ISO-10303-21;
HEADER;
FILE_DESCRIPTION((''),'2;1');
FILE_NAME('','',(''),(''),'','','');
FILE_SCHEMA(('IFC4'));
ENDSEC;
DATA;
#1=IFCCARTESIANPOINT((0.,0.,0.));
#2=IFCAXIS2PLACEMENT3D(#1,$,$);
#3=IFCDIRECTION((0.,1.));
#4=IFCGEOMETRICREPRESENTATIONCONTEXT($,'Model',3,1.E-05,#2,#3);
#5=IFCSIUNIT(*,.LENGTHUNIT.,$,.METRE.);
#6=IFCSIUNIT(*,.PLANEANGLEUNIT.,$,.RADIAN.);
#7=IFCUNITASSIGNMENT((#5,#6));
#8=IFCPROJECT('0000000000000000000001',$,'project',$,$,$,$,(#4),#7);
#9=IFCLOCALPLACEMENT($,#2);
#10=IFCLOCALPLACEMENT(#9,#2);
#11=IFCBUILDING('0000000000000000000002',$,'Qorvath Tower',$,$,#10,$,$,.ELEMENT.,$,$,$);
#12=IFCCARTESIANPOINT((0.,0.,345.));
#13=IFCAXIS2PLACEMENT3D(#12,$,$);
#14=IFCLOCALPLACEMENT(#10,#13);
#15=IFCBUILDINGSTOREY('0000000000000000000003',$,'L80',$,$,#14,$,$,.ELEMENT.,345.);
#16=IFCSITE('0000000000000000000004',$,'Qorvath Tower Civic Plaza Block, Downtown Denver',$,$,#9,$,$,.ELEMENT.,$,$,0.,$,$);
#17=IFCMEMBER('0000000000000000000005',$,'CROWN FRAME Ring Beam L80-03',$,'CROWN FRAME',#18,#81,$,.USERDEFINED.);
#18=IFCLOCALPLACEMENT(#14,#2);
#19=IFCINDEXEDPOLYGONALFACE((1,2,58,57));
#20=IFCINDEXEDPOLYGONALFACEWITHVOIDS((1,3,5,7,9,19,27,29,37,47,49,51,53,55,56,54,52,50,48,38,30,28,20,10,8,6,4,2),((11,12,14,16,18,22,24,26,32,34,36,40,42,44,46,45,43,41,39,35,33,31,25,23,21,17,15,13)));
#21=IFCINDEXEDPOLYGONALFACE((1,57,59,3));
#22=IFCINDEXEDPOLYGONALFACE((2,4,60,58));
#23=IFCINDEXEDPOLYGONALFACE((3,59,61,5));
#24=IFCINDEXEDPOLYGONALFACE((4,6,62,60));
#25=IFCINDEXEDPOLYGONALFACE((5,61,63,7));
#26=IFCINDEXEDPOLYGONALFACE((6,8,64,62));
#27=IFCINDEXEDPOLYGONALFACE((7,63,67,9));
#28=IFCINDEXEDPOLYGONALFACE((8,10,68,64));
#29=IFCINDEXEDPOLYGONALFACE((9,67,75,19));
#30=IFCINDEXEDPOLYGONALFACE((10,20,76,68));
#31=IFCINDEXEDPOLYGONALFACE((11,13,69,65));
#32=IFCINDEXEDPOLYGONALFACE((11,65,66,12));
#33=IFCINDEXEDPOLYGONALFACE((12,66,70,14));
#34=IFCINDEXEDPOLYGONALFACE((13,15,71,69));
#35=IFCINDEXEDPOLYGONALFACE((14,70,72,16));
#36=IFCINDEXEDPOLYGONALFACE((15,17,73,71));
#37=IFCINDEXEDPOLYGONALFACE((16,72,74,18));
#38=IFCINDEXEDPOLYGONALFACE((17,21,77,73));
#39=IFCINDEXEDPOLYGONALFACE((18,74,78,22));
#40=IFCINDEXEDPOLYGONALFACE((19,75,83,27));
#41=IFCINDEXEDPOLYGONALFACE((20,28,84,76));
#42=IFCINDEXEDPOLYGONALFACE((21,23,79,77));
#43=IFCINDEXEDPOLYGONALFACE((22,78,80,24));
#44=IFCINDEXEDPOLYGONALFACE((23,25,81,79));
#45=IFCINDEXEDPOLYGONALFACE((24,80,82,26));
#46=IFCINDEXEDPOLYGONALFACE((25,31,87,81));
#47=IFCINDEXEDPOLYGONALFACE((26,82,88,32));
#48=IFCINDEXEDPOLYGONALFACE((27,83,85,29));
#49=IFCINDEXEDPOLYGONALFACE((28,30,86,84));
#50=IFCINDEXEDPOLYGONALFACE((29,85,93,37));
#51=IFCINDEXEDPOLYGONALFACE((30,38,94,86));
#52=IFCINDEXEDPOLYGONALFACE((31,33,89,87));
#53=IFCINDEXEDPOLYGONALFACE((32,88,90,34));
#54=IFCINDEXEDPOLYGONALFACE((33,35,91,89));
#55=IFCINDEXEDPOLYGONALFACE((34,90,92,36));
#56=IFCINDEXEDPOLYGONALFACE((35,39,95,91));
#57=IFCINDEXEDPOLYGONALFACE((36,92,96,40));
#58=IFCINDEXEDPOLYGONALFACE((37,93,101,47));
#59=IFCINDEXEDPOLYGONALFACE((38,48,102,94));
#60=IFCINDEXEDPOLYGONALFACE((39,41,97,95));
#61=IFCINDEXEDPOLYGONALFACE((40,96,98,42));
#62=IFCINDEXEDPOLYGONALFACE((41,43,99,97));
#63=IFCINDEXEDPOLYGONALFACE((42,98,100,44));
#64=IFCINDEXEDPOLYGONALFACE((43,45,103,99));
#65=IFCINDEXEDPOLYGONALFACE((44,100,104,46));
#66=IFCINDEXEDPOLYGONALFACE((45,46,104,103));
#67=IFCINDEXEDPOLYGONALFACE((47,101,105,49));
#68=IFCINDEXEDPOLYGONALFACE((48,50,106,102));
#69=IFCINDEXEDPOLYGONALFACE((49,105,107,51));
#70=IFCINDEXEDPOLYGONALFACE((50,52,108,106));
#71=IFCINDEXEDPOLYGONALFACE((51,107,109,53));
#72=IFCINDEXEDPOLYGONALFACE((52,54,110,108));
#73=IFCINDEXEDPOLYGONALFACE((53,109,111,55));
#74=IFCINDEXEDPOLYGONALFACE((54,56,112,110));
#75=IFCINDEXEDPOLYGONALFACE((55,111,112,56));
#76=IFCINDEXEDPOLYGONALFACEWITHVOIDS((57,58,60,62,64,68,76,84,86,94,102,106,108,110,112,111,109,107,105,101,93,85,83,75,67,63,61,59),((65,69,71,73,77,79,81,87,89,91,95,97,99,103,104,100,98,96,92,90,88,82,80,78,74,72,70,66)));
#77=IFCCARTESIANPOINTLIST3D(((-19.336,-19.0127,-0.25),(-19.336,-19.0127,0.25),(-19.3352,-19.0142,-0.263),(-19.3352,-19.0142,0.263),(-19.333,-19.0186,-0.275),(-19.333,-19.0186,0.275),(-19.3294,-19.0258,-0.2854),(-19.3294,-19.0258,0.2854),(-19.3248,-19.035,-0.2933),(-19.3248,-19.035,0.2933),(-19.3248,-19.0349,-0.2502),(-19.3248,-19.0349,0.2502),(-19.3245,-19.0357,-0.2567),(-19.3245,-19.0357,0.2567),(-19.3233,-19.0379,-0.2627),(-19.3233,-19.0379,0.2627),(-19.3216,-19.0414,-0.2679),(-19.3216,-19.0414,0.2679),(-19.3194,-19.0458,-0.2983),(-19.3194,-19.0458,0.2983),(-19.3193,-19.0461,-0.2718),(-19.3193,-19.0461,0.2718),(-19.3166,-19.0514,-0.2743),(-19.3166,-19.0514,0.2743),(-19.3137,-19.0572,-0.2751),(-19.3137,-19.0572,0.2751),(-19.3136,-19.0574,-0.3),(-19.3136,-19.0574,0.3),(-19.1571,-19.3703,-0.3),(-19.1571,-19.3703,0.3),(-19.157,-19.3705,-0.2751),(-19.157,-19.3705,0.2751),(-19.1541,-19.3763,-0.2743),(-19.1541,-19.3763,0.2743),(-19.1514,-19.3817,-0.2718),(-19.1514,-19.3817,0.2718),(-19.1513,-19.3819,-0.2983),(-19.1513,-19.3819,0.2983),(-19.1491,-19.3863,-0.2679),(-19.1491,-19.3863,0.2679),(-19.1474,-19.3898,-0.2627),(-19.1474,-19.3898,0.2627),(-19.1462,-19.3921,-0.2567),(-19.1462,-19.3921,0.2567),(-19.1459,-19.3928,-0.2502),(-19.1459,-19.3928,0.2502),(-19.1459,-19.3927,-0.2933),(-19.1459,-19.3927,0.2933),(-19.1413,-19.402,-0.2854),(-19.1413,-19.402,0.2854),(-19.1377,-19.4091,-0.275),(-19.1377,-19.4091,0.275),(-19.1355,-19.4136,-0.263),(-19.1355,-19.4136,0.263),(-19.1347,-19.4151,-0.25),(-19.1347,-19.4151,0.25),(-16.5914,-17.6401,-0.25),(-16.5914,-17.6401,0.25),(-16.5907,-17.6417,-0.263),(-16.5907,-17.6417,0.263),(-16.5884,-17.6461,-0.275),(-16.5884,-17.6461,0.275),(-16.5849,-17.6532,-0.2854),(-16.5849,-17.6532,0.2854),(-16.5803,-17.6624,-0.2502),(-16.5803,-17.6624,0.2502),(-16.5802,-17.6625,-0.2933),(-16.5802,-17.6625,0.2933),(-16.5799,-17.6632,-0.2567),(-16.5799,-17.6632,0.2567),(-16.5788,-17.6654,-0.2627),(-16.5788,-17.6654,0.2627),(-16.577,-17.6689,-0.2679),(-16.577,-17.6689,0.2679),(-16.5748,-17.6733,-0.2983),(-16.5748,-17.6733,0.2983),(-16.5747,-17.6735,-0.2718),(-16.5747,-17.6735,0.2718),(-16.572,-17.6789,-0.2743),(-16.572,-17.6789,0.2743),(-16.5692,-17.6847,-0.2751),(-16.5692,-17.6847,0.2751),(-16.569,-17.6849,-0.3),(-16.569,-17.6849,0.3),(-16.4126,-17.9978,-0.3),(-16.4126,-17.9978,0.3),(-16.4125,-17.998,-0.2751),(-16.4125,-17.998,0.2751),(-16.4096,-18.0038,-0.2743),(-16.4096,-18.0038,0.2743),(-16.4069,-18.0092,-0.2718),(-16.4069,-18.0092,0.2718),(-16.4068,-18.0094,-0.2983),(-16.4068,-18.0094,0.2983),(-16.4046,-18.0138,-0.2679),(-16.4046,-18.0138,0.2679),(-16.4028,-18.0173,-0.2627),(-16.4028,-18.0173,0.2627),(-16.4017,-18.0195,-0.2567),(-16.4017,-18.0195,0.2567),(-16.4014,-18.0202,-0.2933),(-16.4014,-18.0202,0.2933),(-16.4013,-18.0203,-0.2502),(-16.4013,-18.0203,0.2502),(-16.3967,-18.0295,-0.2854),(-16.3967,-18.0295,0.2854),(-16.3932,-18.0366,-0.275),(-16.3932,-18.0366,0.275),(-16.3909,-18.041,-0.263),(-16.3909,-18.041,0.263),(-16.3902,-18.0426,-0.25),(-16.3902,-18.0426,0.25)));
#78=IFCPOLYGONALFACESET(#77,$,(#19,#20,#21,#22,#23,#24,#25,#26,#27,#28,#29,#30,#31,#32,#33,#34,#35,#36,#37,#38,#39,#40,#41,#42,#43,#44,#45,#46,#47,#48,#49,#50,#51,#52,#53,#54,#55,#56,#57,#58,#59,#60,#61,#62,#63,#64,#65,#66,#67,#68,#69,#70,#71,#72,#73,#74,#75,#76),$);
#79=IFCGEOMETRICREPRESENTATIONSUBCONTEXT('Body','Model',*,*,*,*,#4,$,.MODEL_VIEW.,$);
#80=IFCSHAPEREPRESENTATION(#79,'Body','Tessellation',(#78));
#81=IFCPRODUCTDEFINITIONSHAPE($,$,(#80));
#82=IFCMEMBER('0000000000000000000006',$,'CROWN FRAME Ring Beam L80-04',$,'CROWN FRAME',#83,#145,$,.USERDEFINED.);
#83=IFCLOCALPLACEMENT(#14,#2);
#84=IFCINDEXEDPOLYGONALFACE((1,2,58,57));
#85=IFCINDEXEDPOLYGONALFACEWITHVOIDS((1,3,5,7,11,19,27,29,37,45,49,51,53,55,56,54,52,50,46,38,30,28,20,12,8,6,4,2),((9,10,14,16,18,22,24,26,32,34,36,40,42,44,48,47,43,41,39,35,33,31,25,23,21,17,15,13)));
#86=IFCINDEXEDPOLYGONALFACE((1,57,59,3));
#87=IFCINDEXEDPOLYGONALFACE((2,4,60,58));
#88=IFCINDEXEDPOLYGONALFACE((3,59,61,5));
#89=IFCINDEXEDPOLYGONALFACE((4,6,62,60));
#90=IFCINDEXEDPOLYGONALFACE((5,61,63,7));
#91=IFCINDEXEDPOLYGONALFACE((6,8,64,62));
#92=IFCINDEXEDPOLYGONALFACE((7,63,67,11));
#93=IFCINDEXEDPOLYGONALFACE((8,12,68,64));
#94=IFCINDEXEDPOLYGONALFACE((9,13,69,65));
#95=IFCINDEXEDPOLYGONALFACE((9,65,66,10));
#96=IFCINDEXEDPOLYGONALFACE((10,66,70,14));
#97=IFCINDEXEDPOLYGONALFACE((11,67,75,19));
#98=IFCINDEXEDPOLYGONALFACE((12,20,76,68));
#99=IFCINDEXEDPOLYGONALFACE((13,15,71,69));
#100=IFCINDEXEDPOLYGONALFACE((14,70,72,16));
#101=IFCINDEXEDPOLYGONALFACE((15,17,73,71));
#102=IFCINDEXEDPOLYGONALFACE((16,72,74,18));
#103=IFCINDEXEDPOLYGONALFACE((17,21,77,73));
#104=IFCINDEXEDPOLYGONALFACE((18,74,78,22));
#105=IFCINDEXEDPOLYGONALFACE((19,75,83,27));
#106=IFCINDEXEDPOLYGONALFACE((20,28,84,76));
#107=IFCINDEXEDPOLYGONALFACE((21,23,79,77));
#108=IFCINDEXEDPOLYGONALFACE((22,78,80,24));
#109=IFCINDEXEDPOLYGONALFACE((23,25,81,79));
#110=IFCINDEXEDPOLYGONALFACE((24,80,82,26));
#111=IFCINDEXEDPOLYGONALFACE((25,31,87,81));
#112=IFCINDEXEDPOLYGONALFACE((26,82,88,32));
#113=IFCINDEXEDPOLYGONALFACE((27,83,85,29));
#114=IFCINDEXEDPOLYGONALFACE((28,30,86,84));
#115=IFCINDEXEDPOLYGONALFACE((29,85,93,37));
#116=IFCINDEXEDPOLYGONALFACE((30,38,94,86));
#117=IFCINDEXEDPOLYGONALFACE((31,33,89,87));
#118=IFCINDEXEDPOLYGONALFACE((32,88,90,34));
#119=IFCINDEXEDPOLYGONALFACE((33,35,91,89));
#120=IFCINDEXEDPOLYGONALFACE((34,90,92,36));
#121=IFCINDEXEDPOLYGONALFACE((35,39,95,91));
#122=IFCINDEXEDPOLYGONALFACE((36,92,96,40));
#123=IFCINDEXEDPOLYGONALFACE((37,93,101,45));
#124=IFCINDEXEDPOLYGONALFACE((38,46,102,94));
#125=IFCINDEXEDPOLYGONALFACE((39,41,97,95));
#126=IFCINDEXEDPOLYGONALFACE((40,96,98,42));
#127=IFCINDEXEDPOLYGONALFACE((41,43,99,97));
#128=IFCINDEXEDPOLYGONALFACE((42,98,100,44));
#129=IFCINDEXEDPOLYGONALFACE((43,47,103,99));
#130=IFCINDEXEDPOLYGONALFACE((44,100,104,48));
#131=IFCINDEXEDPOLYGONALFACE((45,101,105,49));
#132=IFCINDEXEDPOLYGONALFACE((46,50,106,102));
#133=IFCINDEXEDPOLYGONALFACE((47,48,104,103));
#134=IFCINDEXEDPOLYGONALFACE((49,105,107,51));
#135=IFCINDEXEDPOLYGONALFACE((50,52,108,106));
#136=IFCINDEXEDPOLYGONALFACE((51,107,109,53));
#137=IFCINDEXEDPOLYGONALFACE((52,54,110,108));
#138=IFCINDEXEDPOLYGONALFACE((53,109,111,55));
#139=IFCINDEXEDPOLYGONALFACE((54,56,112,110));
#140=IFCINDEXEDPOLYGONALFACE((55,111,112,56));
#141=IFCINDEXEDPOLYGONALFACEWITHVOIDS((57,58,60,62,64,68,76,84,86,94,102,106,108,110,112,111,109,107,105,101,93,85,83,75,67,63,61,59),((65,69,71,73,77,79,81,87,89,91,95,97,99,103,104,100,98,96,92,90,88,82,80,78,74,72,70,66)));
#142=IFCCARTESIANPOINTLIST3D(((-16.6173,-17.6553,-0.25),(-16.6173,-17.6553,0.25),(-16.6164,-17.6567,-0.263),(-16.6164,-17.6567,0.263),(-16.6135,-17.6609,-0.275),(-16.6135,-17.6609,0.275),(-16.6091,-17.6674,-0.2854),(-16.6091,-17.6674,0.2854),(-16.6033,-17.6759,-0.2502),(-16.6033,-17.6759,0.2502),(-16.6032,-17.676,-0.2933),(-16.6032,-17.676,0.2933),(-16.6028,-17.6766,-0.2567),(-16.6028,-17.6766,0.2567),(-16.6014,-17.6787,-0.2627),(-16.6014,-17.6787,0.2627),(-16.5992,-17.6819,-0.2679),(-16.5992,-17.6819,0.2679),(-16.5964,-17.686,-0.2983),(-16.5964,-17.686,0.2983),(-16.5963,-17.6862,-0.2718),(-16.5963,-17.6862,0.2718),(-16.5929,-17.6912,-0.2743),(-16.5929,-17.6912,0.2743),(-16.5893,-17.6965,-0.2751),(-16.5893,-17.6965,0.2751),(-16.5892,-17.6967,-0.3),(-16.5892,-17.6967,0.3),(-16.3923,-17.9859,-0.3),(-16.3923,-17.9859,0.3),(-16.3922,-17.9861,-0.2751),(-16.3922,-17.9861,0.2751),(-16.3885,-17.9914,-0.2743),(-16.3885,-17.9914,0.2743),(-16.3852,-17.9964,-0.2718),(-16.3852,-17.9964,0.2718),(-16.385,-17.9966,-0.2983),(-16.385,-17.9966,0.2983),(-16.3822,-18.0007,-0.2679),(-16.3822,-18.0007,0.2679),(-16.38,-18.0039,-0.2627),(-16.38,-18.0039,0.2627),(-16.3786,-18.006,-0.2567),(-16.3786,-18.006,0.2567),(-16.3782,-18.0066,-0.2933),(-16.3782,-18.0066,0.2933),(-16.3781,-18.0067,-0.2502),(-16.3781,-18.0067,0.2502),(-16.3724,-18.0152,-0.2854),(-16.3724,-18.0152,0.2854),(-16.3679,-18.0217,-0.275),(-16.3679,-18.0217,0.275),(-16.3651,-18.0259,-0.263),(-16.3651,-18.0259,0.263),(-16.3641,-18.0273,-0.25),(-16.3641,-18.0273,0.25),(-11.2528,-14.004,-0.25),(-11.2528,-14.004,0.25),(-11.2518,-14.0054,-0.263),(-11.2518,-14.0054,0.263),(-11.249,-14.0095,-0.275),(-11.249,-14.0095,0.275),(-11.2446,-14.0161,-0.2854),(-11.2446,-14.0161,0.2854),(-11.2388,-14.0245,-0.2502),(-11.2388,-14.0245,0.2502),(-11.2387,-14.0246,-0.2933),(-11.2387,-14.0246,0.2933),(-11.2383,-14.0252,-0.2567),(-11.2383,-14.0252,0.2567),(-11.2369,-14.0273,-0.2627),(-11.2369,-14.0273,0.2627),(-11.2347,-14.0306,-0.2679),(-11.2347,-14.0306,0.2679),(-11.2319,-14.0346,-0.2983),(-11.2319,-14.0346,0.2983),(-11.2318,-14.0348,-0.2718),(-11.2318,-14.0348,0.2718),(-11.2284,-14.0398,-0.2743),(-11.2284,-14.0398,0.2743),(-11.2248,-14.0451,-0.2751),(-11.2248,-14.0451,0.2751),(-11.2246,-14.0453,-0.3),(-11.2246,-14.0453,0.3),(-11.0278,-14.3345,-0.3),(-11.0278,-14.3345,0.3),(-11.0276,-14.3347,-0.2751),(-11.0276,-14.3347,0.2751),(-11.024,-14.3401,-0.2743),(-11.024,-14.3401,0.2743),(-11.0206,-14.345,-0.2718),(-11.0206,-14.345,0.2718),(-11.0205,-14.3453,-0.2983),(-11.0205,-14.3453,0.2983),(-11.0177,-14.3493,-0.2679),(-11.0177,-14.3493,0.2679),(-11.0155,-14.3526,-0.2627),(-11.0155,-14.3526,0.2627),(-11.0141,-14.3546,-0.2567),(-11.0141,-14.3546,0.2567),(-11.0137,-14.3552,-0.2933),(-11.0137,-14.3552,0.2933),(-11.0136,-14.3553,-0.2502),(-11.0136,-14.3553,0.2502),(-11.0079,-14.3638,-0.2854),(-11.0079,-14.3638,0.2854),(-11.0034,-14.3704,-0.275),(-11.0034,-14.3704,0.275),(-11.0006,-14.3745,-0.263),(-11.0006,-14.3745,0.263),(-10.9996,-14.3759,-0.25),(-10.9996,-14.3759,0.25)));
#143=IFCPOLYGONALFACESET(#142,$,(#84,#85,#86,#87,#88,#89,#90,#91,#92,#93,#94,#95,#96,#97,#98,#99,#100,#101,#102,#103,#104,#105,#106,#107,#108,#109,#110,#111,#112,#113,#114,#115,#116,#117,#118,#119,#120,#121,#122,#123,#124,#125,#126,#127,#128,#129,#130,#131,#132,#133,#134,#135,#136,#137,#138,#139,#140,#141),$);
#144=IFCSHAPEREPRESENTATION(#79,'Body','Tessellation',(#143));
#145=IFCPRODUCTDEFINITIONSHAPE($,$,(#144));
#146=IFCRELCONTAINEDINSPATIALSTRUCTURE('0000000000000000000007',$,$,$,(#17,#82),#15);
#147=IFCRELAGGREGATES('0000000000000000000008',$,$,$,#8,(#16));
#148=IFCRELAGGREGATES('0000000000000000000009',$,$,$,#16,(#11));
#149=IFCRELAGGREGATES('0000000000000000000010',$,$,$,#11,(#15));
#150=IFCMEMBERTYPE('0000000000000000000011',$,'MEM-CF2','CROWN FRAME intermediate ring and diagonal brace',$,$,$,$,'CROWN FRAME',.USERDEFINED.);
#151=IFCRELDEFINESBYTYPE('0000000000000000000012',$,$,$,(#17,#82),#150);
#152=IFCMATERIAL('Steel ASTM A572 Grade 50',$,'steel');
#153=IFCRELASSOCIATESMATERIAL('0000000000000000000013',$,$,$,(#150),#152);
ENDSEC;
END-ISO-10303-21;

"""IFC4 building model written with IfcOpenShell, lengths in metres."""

from ifc_helpers import new_model, si_unit, direction, frame, origin, origin_2d, place, context, subcontext, project, spatial, hollow_rectangle, extrude, material, material_profile, profile_set, type_object, element, save


model = new_model("IFC4")

# Units and contexts
model_context = context("Model", 3, precision=1e-05, world=origin(), true_north=direction((0.0, 1.0)))
body_context = subcontext(model_context, "Body", "Model", "MODEL_VIEW")
ifc_project = project(units=[si_unit("LENGTHUNIT", "METRE"), si_unit("PLANEANGLEUNIT", "RADIAN")], contexts=[model_context])

# Site, building, storey
site_placement = place(None, origin())
site = spatial("IfcSite", under=ifc_project, at=site_placement, Name="Qorvath Tower Civic Plaza Block, Downtown Denver", CompositionType="ELEMENT", RefElevation=0.0)
building_placement = place(site_placement, origin())
building = spatial("IfcBuilding", under=site, at=building_placement, Name="Qorvath Tower", CompositionType="ELEMENT")
storey_placement = place(building_placement, frame((0.0, 0.0, 345.0)))
storey = spatial("IfcBuildingStorey", under=building, at=storey_placement, Name="L80", CompositionType="ELEMENT", Elevation=345.0)

# Members
ifc_material_1 = material(Name="Steel ASTM A572 Grade 50", Category="steel")
ifc_material_profile_1 = material_profile(ifc_material_1, hollow_rectangle(XDim=0.45, YDim=0.6001, WallThickness=0.0249, InnerFilletRadius=0.0249, OuterFilletRadius=0.05, at=origin_2d()), Name="CROWN BOX 600x450x25")
ifc_profile_set_1 = profile_set([ifc_material_profile_1], Name="Steel ASTM A572 Grade 50")
member_type_1 = type_object("IfcMemberType", Name="MEM-CF2", Description="CROWN FRAME intermediate ring and diagonal brace", ElementType="CROWN FRAME", PredefinedType="USERDEFINED", material=ifc_profile_set_1)
member_1_placement = place(storey_placement, frame((-19.2354, -19.2139, 0.0), z_axis=(0.894395, 0.447277, 0.0), x_axis=(-0.447277, 0.894395, 0.0)))
element("IfcMember", 1, at=member_1_placement, inside=storey, type_object=member_type_1, Name="CROWN FRAME Ring Beam L80-03", ObjectType="CROWN FRAME", PredefinedType="USERDEFINED", context=body_context, shape_type="SweptSolid", body=[
    extrude(hollow_rectangle(XDim=0.45, YDim=0.6001, WallThickness=0.0249, InnerFilletRadius=0.0249, OuterFilletRadius=0.05, at=origin_2d()), origin(), (0.0, 0.0, 1.0), 3.0686),
])
member_2_placement = place(storey_placement, frame((-16.4907, -17.8413, 0.0), z_axis=(0.826675, 0.562679, 0.0), x_axis=(-0.562679, 0.826675, 0.0)))
element("IfcMember", 2, at=member_2_placement, inside=storey, type_object=member_type_1, Name="CROWN FRAME Ring Beam L80-04", ObjectType="CROWN FRAME", PredefinedType="USERDEFINED", context=body_context, shape_type="SweptSolid", body=[
    extrude(hollow_rectangle(XDim=0.45, YDim=0.6001, WallThickness=0.0249, InnerFilletRadius=0.0249, OuterFilletRadius=0.05, at=origin_2d()), origin(), (0.0, 0.0, 1.0), 6.4893),
])

save(model, "model.ifc")
